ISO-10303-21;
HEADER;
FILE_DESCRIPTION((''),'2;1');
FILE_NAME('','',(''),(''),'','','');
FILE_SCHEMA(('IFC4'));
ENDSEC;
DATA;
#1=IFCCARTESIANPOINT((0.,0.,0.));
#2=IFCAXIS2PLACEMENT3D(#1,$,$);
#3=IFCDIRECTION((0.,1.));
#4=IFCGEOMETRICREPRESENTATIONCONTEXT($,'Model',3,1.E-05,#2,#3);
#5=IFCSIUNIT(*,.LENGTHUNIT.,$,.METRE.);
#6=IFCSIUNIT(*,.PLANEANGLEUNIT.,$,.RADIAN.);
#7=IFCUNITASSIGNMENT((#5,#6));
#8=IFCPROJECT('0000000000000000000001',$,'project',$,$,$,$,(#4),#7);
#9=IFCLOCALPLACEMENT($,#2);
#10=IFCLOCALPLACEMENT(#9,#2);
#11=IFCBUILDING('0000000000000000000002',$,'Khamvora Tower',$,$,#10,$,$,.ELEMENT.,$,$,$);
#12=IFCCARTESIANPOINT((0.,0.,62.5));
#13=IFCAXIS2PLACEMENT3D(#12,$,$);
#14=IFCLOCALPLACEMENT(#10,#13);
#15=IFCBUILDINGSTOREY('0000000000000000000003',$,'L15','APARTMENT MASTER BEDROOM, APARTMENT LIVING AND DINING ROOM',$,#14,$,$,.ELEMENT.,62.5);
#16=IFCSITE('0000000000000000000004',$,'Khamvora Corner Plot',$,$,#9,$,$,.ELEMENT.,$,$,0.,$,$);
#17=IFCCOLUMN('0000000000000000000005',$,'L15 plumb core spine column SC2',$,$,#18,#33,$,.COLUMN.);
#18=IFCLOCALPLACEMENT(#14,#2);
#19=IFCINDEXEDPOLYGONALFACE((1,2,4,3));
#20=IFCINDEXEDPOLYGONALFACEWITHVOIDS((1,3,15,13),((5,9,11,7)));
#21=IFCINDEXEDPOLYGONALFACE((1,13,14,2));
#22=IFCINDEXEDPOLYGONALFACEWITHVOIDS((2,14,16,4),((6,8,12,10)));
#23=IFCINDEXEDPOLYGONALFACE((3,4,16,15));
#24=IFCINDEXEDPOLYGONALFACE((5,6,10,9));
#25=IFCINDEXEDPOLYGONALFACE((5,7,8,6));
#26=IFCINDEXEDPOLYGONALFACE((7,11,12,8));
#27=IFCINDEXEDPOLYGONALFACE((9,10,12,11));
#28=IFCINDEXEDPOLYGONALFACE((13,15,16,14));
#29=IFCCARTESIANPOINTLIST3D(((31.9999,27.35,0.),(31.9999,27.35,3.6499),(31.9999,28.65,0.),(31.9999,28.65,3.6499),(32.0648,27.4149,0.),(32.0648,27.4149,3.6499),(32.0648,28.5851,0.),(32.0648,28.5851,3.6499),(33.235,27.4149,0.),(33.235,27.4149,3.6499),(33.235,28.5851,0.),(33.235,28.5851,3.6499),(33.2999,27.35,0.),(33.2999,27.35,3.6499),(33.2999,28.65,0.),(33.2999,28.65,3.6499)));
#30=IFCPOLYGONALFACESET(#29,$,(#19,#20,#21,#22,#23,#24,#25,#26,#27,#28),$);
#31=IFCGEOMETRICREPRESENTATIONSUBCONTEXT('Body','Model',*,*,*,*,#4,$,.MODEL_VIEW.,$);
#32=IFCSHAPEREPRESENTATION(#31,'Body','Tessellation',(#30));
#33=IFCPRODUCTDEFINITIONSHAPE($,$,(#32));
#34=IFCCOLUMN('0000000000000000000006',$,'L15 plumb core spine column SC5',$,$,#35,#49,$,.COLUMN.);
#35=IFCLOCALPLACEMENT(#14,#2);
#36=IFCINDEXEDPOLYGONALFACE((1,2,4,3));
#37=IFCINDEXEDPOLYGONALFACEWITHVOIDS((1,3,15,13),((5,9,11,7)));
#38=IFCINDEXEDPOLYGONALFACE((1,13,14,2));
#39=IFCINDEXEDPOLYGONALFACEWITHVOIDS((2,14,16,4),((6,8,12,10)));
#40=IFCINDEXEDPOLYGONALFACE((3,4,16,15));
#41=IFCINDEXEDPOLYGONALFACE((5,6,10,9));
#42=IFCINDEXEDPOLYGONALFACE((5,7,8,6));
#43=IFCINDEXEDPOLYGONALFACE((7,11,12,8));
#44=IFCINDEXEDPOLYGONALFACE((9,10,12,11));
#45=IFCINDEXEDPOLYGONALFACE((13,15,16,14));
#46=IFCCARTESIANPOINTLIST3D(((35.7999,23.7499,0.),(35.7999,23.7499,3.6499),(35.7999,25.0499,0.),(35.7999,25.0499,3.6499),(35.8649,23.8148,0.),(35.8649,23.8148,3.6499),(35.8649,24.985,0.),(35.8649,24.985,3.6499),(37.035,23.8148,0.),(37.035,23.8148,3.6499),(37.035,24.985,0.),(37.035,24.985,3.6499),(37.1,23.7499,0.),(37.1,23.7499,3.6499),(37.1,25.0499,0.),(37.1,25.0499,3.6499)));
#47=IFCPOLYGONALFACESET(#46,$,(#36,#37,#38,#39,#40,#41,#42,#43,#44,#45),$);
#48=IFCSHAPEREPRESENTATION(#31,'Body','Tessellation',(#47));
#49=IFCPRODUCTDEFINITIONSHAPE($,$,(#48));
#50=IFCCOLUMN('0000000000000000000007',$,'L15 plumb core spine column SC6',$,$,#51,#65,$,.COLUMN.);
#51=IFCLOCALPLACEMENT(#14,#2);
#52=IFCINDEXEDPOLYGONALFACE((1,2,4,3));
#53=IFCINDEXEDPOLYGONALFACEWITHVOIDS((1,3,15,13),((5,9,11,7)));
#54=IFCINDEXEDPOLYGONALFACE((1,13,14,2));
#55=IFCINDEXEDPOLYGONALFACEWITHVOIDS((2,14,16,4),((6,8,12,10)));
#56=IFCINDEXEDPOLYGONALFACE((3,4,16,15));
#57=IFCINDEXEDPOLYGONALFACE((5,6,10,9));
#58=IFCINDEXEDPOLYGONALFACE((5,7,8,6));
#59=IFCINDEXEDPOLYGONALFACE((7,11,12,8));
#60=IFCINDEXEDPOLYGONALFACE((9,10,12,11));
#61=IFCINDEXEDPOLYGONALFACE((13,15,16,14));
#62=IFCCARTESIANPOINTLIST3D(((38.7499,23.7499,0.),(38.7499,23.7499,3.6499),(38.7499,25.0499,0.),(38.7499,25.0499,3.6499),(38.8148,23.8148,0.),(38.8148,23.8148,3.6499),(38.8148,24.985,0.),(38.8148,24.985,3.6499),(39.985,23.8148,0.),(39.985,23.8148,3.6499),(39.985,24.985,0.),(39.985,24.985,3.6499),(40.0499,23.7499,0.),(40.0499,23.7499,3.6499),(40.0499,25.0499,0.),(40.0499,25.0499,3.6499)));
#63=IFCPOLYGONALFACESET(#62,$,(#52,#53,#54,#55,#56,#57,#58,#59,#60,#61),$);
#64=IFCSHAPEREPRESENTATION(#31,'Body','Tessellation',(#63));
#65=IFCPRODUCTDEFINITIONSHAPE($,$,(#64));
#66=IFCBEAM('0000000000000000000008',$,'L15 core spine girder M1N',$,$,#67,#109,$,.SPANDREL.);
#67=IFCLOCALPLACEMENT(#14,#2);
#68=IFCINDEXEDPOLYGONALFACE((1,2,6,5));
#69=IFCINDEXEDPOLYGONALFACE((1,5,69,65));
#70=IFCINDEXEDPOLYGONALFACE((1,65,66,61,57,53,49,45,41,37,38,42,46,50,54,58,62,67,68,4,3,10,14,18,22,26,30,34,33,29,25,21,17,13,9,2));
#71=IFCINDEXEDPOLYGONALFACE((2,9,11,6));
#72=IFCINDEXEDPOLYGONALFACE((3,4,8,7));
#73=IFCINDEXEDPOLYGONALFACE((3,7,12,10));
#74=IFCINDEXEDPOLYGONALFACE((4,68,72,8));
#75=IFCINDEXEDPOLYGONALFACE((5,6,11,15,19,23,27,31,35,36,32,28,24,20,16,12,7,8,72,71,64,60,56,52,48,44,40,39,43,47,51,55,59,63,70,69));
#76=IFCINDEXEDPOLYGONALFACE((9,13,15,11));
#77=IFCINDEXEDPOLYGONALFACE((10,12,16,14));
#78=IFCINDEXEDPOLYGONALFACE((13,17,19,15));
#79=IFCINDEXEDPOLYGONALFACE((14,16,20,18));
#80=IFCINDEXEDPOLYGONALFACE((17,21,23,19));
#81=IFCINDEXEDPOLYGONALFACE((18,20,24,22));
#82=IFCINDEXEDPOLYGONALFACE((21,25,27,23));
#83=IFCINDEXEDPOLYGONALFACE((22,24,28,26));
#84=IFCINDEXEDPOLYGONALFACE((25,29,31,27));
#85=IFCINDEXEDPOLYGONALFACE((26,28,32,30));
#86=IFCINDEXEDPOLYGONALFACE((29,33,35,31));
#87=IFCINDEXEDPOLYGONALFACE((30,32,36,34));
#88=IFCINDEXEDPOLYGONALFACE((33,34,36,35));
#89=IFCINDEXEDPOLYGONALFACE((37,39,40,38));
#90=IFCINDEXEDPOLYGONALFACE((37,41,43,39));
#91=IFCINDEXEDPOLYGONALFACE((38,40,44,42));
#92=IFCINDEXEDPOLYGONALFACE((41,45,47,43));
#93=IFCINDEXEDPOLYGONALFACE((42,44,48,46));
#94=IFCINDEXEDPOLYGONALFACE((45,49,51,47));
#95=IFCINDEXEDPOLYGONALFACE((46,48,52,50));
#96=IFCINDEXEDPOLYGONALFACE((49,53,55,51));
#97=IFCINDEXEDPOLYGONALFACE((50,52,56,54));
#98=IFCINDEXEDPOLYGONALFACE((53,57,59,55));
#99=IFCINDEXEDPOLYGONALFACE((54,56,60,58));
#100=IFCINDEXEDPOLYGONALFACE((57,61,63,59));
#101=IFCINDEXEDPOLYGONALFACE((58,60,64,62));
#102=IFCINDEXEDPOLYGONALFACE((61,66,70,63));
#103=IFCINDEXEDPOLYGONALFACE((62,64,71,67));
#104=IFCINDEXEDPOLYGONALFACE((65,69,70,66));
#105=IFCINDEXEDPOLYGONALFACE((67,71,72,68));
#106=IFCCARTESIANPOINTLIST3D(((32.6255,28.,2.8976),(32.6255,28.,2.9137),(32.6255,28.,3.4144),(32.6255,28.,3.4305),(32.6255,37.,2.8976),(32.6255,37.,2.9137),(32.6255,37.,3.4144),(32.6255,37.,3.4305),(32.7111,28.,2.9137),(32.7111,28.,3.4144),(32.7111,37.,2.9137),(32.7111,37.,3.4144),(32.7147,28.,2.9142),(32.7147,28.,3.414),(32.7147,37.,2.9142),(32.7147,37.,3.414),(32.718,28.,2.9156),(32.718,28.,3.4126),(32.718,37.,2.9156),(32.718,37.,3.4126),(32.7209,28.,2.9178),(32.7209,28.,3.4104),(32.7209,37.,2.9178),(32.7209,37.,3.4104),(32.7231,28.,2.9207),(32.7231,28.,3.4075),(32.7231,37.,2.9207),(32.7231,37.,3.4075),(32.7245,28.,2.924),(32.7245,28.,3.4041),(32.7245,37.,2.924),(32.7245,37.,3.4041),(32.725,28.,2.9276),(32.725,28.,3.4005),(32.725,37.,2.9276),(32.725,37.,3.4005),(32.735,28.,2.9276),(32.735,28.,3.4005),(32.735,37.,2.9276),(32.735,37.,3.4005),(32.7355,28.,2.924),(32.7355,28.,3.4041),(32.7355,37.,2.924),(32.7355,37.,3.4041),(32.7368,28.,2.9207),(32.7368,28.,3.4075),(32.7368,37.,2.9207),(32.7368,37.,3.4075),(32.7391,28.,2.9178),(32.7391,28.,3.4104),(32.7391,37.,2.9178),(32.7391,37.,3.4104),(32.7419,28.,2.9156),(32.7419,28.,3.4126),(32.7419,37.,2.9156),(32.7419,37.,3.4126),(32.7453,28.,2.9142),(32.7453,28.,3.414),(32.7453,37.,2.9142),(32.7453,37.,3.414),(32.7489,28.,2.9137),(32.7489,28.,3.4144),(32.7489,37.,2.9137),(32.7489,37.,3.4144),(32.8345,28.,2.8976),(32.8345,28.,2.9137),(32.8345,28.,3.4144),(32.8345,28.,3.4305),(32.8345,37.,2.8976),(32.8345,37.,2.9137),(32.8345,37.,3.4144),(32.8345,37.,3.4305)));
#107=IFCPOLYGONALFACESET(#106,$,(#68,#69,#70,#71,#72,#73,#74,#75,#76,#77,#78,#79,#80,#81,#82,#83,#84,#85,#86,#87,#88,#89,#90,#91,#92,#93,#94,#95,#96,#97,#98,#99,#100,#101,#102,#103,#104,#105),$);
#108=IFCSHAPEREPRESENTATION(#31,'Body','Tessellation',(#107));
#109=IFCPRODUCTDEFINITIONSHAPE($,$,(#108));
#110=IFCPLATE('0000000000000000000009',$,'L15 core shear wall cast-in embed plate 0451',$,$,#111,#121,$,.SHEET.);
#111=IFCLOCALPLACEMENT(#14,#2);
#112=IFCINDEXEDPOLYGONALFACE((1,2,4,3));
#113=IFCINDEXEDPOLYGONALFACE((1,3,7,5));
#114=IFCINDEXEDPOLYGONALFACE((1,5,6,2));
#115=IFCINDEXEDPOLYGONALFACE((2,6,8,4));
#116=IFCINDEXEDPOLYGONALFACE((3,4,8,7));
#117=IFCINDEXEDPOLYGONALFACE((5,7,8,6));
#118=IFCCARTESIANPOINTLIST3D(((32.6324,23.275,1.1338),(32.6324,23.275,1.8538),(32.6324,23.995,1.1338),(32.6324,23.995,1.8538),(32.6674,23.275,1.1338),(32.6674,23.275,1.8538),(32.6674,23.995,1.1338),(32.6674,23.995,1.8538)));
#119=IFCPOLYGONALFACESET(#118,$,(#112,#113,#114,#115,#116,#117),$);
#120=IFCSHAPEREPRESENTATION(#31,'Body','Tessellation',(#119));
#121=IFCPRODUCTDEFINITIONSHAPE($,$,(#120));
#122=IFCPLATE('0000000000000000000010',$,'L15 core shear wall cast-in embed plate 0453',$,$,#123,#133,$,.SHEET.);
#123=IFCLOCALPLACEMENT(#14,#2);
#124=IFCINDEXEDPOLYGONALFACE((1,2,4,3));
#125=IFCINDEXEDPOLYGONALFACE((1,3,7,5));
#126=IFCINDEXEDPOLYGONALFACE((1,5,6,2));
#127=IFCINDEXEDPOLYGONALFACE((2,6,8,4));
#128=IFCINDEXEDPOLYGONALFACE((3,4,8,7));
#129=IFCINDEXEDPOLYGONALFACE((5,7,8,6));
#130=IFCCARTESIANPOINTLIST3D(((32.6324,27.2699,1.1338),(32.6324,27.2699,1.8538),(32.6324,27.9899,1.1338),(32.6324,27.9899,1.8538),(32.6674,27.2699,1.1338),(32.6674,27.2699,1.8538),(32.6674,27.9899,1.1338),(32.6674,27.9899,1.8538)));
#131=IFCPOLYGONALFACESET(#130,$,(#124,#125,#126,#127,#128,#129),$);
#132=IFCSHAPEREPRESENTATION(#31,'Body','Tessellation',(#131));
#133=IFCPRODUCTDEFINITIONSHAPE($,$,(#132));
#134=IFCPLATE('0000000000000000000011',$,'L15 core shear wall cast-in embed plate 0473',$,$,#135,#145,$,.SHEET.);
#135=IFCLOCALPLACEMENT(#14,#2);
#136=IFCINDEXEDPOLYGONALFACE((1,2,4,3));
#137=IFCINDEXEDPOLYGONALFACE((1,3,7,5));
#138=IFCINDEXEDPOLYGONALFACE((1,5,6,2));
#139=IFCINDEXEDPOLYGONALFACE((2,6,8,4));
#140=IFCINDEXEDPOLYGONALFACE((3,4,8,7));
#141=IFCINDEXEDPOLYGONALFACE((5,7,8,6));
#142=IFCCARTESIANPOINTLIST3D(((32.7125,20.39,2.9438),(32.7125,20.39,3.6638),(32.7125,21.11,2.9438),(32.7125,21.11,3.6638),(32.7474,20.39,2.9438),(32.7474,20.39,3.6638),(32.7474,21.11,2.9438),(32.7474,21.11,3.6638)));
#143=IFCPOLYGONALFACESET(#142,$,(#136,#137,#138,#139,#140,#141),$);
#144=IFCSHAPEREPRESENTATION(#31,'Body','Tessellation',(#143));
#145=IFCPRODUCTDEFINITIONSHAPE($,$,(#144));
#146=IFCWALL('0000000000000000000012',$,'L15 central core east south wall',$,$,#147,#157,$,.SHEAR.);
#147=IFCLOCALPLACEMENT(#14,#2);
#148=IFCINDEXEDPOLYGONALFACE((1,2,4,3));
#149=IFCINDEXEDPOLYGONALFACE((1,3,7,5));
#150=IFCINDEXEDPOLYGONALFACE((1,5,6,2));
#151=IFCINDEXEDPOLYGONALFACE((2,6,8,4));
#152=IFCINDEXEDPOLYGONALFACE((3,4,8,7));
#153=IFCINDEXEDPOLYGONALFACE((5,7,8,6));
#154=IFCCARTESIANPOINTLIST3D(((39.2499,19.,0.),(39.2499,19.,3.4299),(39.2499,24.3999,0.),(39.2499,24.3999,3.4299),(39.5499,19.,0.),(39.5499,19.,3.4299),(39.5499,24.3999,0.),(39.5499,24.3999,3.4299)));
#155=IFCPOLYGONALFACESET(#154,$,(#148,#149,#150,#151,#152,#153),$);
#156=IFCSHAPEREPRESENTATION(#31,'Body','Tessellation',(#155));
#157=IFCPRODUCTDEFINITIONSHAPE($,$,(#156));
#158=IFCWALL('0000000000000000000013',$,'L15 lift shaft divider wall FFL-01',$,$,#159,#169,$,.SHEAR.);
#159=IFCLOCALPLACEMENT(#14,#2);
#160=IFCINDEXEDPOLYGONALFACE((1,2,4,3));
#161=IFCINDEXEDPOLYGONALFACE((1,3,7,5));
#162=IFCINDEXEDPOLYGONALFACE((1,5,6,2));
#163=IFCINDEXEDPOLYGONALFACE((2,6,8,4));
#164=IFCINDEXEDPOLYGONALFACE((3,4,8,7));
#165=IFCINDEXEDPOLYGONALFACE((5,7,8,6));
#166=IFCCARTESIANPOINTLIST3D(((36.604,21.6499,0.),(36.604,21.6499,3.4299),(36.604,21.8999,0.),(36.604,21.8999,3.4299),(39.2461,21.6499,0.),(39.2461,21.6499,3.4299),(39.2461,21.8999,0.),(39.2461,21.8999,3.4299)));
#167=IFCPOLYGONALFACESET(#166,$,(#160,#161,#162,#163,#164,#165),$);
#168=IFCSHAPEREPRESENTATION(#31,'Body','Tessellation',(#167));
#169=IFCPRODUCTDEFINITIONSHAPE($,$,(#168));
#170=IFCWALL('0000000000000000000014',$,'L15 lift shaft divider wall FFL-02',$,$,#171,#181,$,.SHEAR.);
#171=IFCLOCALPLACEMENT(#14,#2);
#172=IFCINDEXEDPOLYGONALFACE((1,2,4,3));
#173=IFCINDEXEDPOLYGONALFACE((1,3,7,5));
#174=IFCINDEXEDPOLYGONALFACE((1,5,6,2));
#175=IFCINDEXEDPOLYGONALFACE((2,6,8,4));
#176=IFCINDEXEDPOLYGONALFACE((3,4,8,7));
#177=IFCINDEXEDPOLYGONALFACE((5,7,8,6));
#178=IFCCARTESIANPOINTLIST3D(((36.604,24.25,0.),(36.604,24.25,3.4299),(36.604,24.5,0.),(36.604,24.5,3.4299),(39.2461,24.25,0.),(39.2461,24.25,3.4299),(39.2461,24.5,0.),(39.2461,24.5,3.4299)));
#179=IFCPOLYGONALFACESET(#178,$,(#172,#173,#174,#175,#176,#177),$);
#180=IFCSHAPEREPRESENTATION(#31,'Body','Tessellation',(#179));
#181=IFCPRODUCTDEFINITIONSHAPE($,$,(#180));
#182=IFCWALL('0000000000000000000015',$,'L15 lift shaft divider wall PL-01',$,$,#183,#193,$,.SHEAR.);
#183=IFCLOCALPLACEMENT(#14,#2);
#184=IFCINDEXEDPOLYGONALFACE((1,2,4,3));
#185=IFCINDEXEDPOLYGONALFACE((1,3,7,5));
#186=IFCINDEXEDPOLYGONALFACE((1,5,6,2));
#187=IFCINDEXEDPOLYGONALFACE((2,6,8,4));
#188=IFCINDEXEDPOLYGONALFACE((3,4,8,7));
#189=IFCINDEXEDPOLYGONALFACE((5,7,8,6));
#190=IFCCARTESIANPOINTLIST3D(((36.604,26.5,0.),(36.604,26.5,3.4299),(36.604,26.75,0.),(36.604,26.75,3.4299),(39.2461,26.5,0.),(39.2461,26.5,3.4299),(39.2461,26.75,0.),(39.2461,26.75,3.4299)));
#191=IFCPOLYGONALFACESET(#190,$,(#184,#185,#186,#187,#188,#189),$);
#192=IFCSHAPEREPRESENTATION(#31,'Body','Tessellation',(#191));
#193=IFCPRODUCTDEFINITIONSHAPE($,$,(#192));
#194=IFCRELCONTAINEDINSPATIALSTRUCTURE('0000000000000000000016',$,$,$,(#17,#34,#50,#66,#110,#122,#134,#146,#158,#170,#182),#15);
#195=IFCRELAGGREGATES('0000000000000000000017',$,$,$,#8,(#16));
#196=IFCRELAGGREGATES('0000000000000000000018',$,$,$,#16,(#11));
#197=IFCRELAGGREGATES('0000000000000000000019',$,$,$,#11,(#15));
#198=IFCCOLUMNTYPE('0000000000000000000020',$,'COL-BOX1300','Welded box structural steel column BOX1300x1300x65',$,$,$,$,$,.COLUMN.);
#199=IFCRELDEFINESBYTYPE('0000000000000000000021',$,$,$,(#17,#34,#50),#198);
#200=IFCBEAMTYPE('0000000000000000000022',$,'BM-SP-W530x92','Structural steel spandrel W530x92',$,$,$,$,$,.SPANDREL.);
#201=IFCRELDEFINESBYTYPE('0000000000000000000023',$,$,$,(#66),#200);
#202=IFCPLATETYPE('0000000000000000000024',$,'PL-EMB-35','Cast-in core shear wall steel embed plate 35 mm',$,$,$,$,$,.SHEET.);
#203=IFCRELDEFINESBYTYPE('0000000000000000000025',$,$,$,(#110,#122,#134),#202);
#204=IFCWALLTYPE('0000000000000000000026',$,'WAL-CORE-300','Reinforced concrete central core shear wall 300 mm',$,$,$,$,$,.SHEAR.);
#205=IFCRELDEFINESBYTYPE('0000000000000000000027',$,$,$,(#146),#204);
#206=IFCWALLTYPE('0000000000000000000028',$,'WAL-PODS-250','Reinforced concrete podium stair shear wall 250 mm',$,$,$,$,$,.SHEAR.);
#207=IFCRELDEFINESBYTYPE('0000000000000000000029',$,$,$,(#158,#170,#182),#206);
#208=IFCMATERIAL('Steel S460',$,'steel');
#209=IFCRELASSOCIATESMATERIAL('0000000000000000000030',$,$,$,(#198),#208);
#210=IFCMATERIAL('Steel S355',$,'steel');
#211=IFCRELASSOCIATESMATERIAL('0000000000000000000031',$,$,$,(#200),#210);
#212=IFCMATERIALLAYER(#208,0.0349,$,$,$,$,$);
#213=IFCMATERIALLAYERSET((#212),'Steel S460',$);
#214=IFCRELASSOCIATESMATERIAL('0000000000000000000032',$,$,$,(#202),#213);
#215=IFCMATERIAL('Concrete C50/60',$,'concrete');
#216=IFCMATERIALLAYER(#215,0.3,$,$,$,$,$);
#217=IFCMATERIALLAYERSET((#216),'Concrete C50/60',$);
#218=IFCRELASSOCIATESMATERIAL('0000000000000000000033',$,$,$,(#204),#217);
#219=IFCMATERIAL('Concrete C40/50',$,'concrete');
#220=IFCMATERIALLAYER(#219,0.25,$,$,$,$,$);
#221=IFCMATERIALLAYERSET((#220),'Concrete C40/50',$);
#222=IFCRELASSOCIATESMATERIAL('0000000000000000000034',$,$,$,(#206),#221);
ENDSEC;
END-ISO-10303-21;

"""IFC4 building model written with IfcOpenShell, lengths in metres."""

from ifc_helpers import new_model, si_unit, direction, frame, frame_2d, origin, origin_2d, place, context, subcontext, project, spatial, rectangle, hollow_rectangle, i_section, extrude, material, layer, layer_set, material_profile, profile_set, type_object, element, save


model = new_model("IFC4")

# Units and contexts
model_context = context("Model", 3, precision=1e-05, world=origin(), true_north=direction((0.0, 1.0)))
body_context = subcontext(model_context, "Body", "Model", "MODEL_VIEW")
ifc_project = project(units=[si_unit("LENGTHUNIT", "METRE"), si_unit("PLANEANGLEUNIT", "RADIAN")], contexts=[model_context])

# Site, building, storey
site_placement = place(None, origin())
site = spatial("IfcSite", under=ifc_project, at=site_placement, Name="Khamvora Corner Plot", CompositionType="ELEMENT", RefElevation=0.0)
building_placement = place(site_placement, origin())
building = spatial("IfcBuilding", under=site, at=building_placement, Name="Khamvora Tower", CompositionType="ELEMENT")
storey_placement = place(building_placement, frame((0.0, 0.0, 62.5)))
storey = spatial("IfcBuildingStorey", under=building, at=storey_placement, Name="L15", Description="APARTMENT MASTER BEDROOM, APARTMENT LIVING AND DINING ROOM", CompositionType="ELEMENT", Elevation=62.5)

# Columns
ifc_material_1 = material(Name="Steel S460", Category="steel")
ifc_material_profile_1 = material_profile(ifc_material_1, hollow_rectangle(XDim=1.3, YDim=1.3, WallThickness=0.0649, at=origin_2d()), Name="BOX1300x1300x65")
ifc_profile_set_1 = profile_set([ifc_material_profile_1], Name="Steel S460")
column_type = type_object("IfcColumnType", Name="COL-BOX1300", Description="Welded box structural steel column BOX1300x1300x65", PredefinedType="COLUMN", material=ifc_profile_set_1)
for number, where, z_axis, x_axis, name in (
    (1, (32.6499, 28.0, 0.0), (0.0, 0.0, 1.0), (1.0, 0.0, 0.0), "L15 plumb core spine column SC2"),
    (2, (36.45, 24.3999, 0.0), (0.0, 0.0, 1.0), (1.0, 0.0, 0.0), "L15 plumb core spine column SC5"),
    (3, (39.3999, 24.3999, 0.0), (0.0, 0.0, 1.0), (1.0, 0.0, 0.0), "L15 plumb core spine column SC6"),
):
    element("IfcColumn", number, at=place(storey_placement, frame(where, z_axis=z_axis, x_axis=x_axis)), inside=storey, type_object=column_type, Name=name, PredefinedType="COLUMN", context=body_context, shape_type="SweptSolid", body=[
        extrude(hollow_rectangle(XDim=1.3, YDim=1.3, WallThickness=0.0649, at=origin_2d()), origin(), (0.0, 0.0, 1.0), 3.6499),
    ])

# Beam
ifc_material_2 = material(Name="Steel S355", Category="steel")
ifc_material_profile_2 = material_profile(ifc_material_2, i_section(OverallWidth=0.209, OverallDepth=0.533, WebThickness=0.01, FlangeThickness=0.0161, FilletRadius=0.0139, at=origin_2d()), Name="W530x92")
ifc_profile_set_2 = profile_set([ifc_material_profile_2], Name="Steel S355")
beam_type = type_object("IfcBeamType", Name="BM-SP-W530x92", Description="Structural steel spandrel W530x92", PredefinedType="SPANDREL", material=ifc_profile_set_2)
beam_placement = place(storey_placement, frame((32.73, 28.0, 3.1641), z_axis=(0.0, 1.0, 0.0), x_axis=(-1.0, 0.0, 0.0)))
element("IfcBeam", 4, at=beam_placement, inside=storey, type_object=beam_type, Name="L15 core spine girder M1N", PredefinedType="SPANDREL", context=body_context, shape_type="SweptSolid", body=[
    extrude(i_section(OverallWidth=0.209, OverallDepth=0.533, WebThickness=0.01, FlangeThickness=0.0161, FilletRadius=0.0139, at=origin_2d()), origin(), (0.0, 0.0, 1.0), 9.0),
])

# Plates
ifc_layer_1 = layer(ifc_material_1, 0.0349)
ifc_layer_set_1 = layer_set([ifc_layer_1], Name="Steel S460")
plate_type = type_object("IfcPlateType", Name="PL-EMB-35", Description="Cast-in core shear wall steel embed plate 35 mm", PredefinedType="SHEET", material=ifc_layer_set_1)
for number, where, z_axis, x_axis, name in (
    (5, (32.6499, 23.635, 1.1338), (0.0, 0.0, 1.0), (1.0, 0.0, 0.0), "L15 core shear wall cast-in embed plate 0451"),
    (6, (32.6499, 27.6299, 1.1338), (0.0, 0.0, 1.0), (1.0, 0.0, 0.0), "L15 core shear wall cast-in embed plate 0453"),
    (7, (32.73, 20.75, 2.9438), (0.0, 0.0, 1.0), (1.0, 0.0, 0.0), "L15 core shear wall cast-in embed plate 0473"),
):
    element("IfcPlate", number, at=place(storey_placement, frame(where, z_axis=z_axis, x_axis=x_axis)), inside=storey, type_object=plate_type, Name=name, PredefinedType="SHEET", context=body_context, shape_type="SweptSolid", body=[
        extrude(rectangle(XDim=0.0349, YDim=0.72, at=origin_2d()), origin(), (0.0, 0.0, 1.0), 0.72),
    ])

# Wall
ifc_material_3 = material(Name="Concrete C50/60", Category="concrete")
ifc_layer_2 = layer(ifc_material_3, 0.3)
ifc_layer_set_2 = layer_set([ifc_layer_2], Name="Concrete C50/60")
wall_type_1 = type_object("IfcWallType", Name="WAL-CORE-300", Description="Reinforced concrete central core shear wall 300 mm", PredefinedType="SHEAR", material=ifc_layer_set_2)
wall_1_placement = place(storey_placement, frame((39.3999, 19.0, 0.0), z_axis=(0.0, 0.0, 1.0), x_axis=(0.0, 1.0, 0.0)))
element("IfcWall", 8, at=wall_1_placement, inside=storey, type_object=wall_type_1, Name="L15 central core east south wall", PredefinedType="SHEAR", context=body_context, shape_type="SweptSolid", body=[
    extrude(rectangle(XDim=5.3999, YDim=0.3, at=frame_2d((2.7, 0.0))), origin(), (0.0, 0.0, 1.0), 3.4299),
])

# Walls
ifc_material_4 = material(Name="Concrete C40/50", Category="concrete")
ifc_layer_3 = layer(ifc_material_4, 0.25)
ifc_layer_set_3 = layer_set([ifc_layer_3], Name="Concrete C40/50")
wall_type_2 = type_object("IfcWallType", Name="WAL-PODS-250", Description="Reinforced concrete podium stair shear wall 250 mm", PredefinedType="SHEAR", material=ifc_layer_set_3)
for number, where, z_axis, x_axis, name in (
    (9, (36.604, 21.7749, 0.0), (0.0, 0.0, 1.0), (1.0, 0.0, 0.0), "L15 lift shaft divider wall FFL-01"),
    (10, (36.604, 24.375, 0.0), (0.0, 0.0, 1.0), (1.0, 0.0, 0.0), "L15 lift shaft divider wall FFL-02"),
    (11, (36.604, 26.625, 0.0), (0.0, 0.0, 1.0), (1.0, 0.0, 0.0), "L15 lift shaft divider wall PL-01"),
):
    element("IfcWall", number, at=place(storey_placement, frame(where, z_axis=z_axis, x_axis=x_axis)), inside=storey, type_object=wall_type_2, Name=name, PredefinedType="SHEAR", context=body_context, shape_type="SweptSolid", body=[
        extrude(rectangle(XDim=2.6421, YDim=0.25, at=frame_2d((1.321, 0.0))), origin(), (0.0, 0.0, 1.0), 3.4299),
    ])

save(model, "model.ifc")
